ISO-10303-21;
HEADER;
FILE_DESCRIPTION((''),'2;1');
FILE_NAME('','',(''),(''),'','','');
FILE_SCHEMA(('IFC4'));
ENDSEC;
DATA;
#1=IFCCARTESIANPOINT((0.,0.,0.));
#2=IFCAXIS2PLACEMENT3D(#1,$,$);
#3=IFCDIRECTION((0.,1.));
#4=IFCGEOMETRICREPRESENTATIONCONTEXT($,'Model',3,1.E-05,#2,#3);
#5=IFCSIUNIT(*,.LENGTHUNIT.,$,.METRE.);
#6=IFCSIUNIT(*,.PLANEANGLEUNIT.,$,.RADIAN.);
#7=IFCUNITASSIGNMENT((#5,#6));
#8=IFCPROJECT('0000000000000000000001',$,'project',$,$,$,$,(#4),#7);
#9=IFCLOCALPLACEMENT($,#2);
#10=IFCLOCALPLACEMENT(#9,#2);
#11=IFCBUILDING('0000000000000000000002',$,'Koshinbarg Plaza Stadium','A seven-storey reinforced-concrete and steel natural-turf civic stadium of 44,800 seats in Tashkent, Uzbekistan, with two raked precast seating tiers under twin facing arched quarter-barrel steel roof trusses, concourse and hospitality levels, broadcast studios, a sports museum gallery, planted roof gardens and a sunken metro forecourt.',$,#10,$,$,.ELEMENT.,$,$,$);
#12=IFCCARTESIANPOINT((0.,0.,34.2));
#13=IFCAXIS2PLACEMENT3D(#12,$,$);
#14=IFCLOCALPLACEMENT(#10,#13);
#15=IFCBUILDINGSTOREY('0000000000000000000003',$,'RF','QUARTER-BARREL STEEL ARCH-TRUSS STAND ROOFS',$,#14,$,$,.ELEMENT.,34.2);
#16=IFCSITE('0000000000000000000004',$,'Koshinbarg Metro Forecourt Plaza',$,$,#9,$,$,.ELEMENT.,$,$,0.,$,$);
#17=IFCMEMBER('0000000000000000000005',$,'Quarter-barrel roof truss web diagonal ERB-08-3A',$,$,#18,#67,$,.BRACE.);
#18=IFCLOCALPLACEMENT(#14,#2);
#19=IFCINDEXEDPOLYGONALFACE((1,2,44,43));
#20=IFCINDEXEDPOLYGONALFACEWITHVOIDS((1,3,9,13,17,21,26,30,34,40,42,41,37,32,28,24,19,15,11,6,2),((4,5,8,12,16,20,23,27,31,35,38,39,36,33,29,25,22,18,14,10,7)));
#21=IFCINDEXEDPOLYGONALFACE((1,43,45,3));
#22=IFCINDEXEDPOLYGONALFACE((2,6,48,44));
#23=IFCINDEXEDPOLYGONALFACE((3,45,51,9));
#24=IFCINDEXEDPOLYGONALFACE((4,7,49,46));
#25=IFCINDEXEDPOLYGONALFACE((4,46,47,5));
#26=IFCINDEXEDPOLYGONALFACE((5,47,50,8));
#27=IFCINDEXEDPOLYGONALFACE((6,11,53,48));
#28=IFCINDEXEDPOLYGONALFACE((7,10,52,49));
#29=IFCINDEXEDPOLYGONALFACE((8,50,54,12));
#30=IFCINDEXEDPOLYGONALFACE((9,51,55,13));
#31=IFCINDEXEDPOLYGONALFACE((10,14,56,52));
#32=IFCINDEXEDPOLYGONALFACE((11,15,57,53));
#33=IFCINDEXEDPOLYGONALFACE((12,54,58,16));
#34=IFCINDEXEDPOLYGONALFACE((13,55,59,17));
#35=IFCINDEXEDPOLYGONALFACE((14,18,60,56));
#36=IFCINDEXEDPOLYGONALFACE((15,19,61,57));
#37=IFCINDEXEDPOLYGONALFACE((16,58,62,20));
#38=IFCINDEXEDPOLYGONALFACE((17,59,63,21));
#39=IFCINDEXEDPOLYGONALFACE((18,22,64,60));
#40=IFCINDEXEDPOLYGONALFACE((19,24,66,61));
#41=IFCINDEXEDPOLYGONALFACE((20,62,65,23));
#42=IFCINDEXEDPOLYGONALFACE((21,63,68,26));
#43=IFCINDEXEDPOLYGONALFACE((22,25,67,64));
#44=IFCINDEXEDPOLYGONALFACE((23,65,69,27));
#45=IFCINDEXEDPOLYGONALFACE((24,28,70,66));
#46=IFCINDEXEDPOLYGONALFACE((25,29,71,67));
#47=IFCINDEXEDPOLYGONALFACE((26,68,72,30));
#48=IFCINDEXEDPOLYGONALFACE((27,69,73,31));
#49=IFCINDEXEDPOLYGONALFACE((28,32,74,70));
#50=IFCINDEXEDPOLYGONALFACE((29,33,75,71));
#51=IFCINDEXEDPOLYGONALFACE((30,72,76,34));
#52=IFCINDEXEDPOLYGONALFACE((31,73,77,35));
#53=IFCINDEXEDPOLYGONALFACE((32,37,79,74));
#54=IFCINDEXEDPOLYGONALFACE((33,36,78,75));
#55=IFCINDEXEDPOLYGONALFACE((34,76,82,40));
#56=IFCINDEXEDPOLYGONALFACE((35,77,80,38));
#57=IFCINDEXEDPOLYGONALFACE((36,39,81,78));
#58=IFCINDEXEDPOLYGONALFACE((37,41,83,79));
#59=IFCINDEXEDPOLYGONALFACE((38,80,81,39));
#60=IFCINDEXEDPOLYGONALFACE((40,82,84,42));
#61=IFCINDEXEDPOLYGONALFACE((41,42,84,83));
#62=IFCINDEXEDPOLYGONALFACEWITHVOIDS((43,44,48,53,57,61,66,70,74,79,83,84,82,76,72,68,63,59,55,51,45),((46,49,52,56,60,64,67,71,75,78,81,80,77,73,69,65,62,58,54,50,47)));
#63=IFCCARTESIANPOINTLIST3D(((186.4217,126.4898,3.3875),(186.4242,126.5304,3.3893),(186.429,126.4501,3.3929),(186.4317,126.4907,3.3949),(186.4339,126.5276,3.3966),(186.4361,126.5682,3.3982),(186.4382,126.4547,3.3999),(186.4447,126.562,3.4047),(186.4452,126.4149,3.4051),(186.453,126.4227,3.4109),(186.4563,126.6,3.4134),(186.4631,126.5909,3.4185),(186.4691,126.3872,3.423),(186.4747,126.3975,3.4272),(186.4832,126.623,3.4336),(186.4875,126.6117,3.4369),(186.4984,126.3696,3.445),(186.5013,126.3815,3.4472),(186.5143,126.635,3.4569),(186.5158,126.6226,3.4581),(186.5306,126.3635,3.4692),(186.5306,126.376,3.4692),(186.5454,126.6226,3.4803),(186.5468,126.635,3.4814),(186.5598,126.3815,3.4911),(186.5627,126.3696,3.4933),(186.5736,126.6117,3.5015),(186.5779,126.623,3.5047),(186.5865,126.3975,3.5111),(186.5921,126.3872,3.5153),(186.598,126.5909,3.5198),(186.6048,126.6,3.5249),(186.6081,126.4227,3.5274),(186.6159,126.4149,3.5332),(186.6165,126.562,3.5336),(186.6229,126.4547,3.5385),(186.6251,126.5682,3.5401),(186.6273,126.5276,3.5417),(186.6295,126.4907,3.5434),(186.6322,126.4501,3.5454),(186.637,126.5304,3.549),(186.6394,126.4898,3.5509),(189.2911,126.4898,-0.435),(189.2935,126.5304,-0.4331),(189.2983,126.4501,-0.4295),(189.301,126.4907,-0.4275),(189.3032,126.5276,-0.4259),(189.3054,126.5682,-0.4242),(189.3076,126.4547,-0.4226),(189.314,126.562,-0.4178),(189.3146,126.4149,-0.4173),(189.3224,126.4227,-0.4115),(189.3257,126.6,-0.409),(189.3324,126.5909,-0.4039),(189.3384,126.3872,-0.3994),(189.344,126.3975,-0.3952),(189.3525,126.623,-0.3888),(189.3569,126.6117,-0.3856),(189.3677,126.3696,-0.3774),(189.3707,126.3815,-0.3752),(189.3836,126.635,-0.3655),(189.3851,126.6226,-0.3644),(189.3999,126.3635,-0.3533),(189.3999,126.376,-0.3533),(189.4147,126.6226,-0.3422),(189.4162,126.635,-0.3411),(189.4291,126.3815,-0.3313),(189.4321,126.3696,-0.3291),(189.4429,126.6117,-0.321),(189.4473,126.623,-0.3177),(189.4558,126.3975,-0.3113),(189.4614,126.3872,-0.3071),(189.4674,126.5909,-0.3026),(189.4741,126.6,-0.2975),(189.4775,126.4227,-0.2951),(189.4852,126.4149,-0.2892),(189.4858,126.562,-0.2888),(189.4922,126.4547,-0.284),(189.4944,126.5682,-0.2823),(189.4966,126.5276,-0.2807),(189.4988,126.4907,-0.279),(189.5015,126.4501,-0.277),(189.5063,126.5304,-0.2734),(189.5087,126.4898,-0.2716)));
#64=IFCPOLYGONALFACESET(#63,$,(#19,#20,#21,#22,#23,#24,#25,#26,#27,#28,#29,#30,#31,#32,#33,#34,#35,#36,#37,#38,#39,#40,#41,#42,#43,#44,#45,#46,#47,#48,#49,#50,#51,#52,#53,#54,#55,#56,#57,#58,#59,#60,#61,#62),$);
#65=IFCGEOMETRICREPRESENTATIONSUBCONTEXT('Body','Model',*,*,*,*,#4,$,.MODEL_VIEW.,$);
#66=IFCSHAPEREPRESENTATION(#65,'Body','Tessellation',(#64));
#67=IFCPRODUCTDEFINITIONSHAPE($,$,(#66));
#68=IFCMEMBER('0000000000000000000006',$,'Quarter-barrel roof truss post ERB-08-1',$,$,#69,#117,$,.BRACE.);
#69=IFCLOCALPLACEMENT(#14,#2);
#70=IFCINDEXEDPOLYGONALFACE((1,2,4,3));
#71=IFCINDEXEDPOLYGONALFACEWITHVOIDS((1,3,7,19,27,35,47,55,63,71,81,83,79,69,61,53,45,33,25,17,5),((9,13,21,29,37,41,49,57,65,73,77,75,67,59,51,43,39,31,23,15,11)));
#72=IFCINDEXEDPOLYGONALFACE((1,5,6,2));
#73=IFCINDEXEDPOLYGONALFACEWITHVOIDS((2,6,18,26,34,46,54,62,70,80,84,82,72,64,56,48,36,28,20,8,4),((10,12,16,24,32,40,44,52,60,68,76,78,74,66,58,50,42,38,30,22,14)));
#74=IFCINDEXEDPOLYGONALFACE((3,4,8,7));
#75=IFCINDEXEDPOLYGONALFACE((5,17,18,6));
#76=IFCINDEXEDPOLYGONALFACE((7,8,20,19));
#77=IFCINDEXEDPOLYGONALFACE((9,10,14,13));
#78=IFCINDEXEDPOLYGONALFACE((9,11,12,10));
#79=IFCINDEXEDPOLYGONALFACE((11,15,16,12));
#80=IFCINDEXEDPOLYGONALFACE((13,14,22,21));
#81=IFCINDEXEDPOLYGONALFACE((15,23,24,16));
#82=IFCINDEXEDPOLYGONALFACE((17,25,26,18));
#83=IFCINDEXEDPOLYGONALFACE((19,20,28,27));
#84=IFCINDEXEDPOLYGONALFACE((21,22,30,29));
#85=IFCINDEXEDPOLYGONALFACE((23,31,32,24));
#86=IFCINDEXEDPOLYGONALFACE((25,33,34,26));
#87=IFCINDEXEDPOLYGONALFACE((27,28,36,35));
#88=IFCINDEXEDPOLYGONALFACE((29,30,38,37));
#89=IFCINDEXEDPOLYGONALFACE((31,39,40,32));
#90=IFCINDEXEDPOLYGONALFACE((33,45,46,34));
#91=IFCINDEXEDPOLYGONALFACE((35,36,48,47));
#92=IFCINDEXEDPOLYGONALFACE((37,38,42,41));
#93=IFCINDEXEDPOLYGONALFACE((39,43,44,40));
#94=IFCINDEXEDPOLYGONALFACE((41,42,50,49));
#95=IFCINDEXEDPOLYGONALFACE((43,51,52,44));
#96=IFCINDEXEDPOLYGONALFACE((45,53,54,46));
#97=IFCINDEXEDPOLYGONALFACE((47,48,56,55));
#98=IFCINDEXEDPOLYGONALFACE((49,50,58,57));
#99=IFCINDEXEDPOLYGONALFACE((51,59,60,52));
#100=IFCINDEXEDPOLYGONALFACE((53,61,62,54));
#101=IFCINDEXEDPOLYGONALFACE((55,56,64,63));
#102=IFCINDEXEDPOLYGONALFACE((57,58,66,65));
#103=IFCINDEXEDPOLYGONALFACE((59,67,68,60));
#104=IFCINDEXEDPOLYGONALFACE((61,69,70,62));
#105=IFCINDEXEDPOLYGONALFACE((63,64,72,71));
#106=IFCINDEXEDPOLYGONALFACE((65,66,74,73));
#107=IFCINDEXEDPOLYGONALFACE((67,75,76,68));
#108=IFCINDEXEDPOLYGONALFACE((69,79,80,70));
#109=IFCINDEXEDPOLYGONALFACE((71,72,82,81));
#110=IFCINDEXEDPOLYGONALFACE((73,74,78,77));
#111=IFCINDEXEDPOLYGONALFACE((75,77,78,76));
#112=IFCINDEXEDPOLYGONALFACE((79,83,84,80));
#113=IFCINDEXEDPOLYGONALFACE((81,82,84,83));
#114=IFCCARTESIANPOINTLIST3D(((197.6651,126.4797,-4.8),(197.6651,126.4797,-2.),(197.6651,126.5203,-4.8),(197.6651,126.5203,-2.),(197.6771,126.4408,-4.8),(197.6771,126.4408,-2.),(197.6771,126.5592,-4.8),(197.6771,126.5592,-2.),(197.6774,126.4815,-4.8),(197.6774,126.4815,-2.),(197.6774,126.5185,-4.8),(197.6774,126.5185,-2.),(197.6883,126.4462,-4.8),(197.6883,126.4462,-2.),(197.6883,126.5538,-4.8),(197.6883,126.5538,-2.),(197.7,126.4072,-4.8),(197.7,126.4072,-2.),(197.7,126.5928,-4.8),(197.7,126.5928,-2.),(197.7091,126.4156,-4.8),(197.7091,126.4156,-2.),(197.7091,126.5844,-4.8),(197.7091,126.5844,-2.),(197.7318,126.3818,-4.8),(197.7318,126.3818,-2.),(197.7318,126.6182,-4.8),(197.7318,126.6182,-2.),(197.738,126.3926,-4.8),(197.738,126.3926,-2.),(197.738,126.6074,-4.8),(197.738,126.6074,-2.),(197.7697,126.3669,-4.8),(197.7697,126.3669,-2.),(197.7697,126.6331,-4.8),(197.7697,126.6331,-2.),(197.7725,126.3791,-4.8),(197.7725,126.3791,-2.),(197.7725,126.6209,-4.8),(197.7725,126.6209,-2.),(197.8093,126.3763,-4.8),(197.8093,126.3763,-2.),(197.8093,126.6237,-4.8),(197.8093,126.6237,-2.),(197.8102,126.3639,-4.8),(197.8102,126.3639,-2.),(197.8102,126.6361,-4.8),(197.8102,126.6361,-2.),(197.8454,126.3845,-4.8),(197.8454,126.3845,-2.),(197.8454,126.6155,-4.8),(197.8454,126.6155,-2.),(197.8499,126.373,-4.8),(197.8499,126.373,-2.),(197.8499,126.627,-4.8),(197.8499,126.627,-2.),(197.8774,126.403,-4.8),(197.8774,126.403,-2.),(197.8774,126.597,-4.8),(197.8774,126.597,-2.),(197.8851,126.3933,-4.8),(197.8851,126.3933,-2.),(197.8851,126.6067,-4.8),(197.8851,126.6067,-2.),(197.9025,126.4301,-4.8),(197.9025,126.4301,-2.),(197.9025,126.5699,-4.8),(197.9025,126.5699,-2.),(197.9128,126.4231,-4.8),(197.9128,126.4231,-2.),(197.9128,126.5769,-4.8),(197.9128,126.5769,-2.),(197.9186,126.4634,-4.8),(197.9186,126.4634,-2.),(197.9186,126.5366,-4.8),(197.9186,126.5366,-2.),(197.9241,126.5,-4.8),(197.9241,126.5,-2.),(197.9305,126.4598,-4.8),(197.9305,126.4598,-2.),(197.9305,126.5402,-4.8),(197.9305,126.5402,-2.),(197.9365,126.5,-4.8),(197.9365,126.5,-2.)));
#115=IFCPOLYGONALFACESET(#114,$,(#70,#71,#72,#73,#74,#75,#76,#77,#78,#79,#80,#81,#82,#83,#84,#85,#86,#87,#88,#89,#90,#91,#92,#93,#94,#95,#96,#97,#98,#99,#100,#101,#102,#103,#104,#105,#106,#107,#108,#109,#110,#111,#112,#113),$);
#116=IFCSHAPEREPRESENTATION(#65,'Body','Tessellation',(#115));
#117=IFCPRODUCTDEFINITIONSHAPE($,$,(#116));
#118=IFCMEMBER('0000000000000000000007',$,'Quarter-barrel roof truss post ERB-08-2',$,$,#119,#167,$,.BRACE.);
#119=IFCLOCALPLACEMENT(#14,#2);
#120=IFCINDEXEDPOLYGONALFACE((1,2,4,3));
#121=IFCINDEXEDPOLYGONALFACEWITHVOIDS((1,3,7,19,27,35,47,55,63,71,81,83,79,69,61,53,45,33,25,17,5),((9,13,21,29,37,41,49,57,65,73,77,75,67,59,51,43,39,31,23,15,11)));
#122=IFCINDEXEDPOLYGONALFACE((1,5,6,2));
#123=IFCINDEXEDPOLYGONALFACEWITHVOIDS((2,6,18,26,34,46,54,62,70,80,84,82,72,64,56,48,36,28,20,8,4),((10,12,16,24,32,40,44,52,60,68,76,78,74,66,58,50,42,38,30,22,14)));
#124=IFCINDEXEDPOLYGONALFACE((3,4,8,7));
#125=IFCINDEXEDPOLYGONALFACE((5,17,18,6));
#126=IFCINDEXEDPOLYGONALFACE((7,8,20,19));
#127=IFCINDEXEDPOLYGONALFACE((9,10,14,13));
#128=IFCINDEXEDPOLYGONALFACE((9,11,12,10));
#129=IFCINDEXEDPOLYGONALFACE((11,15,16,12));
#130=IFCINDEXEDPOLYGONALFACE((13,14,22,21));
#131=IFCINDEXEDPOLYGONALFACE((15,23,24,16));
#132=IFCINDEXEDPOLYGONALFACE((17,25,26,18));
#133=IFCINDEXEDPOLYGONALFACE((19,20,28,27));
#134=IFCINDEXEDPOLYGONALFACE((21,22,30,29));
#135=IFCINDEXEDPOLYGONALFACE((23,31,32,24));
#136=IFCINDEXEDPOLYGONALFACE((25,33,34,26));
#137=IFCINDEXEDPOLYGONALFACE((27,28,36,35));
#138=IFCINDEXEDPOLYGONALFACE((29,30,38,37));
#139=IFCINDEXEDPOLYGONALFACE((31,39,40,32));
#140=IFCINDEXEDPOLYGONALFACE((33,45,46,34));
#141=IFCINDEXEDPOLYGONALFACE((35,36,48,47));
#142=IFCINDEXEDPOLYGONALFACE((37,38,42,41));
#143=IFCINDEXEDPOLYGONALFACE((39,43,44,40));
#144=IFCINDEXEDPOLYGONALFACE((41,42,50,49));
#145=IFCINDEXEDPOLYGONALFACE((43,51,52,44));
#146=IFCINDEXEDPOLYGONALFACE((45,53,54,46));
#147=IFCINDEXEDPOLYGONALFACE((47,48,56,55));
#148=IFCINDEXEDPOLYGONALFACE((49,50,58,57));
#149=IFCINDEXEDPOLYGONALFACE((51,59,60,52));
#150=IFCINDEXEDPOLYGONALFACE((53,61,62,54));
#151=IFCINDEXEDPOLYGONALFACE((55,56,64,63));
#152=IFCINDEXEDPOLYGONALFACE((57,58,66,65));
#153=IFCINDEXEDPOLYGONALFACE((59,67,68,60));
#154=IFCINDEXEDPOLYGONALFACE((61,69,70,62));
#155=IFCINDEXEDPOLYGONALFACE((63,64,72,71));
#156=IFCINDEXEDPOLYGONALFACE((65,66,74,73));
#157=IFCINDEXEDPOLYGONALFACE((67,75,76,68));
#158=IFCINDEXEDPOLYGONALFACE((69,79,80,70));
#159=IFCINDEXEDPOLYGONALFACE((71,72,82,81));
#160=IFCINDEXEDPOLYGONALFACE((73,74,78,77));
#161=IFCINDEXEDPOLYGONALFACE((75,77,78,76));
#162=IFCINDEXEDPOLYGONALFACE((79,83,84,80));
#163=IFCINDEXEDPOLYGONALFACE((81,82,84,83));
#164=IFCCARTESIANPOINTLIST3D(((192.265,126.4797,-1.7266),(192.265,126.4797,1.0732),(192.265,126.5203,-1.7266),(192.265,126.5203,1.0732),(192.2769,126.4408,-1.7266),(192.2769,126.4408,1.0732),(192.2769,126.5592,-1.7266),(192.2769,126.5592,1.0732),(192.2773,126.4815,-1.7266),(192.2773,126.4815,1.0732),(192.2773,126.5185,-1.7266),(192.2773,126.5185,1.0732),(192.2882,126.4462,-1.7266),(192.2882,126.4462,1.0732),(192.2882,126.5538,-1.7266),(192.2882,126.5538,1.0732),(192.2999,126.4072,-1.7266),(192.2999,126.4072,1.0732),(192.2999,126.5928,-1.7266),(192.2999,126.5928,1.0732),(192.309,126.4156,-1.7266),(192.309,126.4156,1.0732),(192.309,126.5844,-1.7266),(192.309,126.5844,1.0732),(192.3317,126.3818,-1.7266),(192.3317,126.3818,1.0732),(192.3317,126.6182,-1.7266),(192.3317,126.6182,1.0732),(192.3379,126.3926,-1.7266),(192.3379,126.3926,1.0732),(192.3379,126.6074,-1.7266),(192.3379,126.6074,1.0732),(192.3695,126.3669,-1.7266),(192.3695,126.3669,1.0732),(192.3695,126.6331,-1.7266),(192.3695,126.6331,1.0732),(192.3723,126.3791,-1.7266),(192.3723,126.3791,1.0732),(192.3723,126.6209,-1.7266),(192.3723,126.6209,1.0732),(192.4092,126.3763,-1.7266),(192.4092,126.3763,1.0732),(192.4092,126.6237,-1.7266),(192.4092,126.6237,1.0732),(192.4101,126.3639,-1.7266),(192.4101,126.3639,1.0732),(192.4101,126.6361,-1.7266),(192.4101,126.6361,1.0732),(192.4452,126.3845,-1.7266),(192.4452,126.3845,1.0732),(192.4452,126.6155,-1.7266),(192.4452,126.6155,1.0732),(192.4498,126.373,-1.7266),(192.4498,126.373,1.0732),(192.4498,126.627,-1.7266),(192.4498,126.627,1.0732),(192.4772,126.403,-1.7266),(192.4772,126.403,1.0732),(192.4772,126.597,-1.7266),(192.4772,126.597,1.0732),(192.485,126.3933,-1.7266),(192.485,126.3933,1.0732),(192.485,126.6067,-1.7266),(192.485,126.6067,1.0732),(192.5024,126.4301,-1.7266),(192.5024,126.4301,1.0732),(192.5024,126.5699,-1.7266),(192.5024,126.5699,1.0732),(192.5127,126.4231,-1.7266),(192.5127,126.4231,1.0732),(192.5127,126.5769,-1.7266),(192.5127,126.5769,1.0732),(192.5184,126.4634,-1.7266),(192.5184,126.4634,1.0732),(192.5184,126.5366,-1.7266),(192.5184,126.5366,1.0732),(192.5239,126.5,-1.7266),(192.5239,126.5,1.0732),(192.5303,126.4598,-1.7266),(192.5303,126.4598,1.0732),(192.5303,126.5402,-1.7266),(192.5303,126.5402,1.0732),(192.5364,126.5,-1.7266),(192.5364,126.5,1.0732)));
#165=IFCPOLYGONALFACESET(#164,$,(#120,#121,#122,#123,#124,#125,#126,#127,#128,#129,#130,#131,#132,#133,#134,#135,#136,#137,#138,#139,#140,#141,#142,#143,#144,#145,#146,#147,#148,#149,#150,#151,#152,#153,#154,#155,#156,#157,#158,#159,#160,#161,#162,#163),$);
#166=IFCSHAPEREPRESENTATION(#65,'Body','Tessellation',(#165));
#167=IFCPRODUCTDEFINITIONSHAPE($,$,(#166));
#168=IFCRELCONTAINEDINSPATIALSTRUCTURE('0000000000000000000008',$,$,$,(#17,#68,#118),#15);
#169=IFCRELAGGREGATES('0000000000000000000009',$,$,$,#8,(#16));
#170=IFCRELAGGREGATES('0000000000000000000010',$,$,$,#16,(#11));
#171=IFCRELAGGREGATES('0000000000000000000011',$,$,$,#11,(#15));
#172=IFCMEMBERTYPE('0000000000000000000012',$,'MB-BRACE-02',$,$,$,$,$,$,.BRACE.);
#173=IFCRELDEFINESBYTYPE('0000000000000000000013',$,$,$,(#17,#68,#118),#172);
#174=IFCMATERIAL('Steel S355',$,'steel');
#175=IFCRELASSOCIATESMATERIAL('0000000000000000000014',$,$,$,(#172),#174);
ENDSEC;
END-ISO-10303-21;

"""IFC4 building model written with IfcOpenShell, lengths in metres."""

from ifc_helpers import new_model, si_unit, direction, frame, origin, origin_2d, place, context, subcontext, project, spatial, hollow_circle, extrude, material, material_profile, profile_set, type_object, element, save


model = new_model("IFC4")

# Units and contexts
model_context = context("Model", 3, precision=1e-05, world=origin(), true_north=direction((0.0, 1.0)))
body_context = subcontext(model_context, "Body", "Model", "MODEL_VIEW")
ifc_project = project(units=[si_unit("LENGTHUNIT", "METRE"), si_unit("PLANEANGLEUNIT", "RADIAN")], contexts=[model_context])

# Site, building, storey
site_placement = place(None, origin())
site = spatial("IfcSite", under=ifc_project, at=site_placement, Name="Koshinbarg Metro Forecourt Plaza", CompositionType="ELEMENT", RefElevation=0.0)
building_placement = place(site_placement, origin())
building = spatial("IfcBuilding", under=site, at=building_placement, Name="Koshinbarg Plaza Stadium", Description="A seven-storey reinforced-concrete and steel natural-turf civic stadium of 44,800 seats in Tashkent, Uzbekistan, with two raked precast seating tiers under twin facing arched quarter-barrel steel roof trusses, concourse and hospitality levels, broadcast studios, a sports museum gallery, planted roof gardens and a sunken metro forecourt.", CompositionType="ELEMENT")
storey_placement = place(building_placement, frame((0.0, 0.0, 34.2)))
storey = spatial("IfcBuildingStorey", under=building, at=storey_placement, Name="RF", Description="QUARTER-BARREL STEEL ARCH-TRUSS STAND ROOFS", CompositionType="ELEMENT", Elevation=34.2)

# Members
ifc_material_1 = material(Name="Steel S355", Category="steel")
ifc_material_profile_1 = material_profile(ifc_material_1, hollow_circle(Radius=0.1365, WallThickness=0.0125, at=origin_2d()), Name="CHS 273x12.5")
ifc_profile_set_1 = profile_set([ifc_material_profile_1], Name="Steel S355")
member_type_1 = type_object("IfcMemberType", Name="MB-BRACE-02", PredefinedType="BRACE", material=ifc_profile_set_1)
member_1_placement = place(storey_placement, frame((189.3999, 126.5, -0.3533), z_axis=(-0.600335, 0.0, 0.799749), x_axis=(0.0, -1.0, 0.0)))
element("IfcMember", 1, at=member_1_placement, inside=storey, type_object=member_type_1, Name="Quarter-barrel roof truss web diagonal ERB-08-3A", PredefinedType="BRACE", context=body_context, shape_type="SweptSolid", body=[
    extrude(hollow_circle(Radius=0.1365, WallThickness=0.0125, at=origin_2d()), origin(), (0.0, 0.0, 1.0), 4.7795),
])
member_2_placement = place(storey_placement, frame((197.8, 126.5, -4.8), z_axis=(0.0, 0.0, 1.0), x_axis=(1.0, 0.0, 0.0)))
element("IfcMember", 2, at=member_2_placement, inside=storey, type_object=member_type_1, Name="Quarter-barrel roof truss post ERB-08-1", PredefinedType="BRACE", context=body_context, shape_type="SweptSolid", body=[
    extrude(hollow_circle(Radius=0.1365, WallThickness=0.0125, at=origin_2d()), origin(), (0.0, 0.0, 1.0), 2.8),
])
for number, where, z_axis, x_axis, name in (
    (3, (192.3999, 126.5, -1.7266), (0.0, 0.0, 1.0), (1.0, 0.0, 0.0), "Quarter-barrel roof truss post ERB-08-2"),
):
    element("IfcMember", number, at=place(storey_placement, frame(where, z_axis=z_axis, x_axis=x_axis)), inside=storey, type_object=member_type_1, Name=name, PredefinedType="BRACE", context=body_context, shape_type="SweptSolid", body=[
        extrude(hollow_circle(Radius=0.1365, WallThickness=0.0125, at=origin_2d()), origin(), (0.0, 0.0, 1.0), 2.7998),
    ])

save(model, "model.ifc")
